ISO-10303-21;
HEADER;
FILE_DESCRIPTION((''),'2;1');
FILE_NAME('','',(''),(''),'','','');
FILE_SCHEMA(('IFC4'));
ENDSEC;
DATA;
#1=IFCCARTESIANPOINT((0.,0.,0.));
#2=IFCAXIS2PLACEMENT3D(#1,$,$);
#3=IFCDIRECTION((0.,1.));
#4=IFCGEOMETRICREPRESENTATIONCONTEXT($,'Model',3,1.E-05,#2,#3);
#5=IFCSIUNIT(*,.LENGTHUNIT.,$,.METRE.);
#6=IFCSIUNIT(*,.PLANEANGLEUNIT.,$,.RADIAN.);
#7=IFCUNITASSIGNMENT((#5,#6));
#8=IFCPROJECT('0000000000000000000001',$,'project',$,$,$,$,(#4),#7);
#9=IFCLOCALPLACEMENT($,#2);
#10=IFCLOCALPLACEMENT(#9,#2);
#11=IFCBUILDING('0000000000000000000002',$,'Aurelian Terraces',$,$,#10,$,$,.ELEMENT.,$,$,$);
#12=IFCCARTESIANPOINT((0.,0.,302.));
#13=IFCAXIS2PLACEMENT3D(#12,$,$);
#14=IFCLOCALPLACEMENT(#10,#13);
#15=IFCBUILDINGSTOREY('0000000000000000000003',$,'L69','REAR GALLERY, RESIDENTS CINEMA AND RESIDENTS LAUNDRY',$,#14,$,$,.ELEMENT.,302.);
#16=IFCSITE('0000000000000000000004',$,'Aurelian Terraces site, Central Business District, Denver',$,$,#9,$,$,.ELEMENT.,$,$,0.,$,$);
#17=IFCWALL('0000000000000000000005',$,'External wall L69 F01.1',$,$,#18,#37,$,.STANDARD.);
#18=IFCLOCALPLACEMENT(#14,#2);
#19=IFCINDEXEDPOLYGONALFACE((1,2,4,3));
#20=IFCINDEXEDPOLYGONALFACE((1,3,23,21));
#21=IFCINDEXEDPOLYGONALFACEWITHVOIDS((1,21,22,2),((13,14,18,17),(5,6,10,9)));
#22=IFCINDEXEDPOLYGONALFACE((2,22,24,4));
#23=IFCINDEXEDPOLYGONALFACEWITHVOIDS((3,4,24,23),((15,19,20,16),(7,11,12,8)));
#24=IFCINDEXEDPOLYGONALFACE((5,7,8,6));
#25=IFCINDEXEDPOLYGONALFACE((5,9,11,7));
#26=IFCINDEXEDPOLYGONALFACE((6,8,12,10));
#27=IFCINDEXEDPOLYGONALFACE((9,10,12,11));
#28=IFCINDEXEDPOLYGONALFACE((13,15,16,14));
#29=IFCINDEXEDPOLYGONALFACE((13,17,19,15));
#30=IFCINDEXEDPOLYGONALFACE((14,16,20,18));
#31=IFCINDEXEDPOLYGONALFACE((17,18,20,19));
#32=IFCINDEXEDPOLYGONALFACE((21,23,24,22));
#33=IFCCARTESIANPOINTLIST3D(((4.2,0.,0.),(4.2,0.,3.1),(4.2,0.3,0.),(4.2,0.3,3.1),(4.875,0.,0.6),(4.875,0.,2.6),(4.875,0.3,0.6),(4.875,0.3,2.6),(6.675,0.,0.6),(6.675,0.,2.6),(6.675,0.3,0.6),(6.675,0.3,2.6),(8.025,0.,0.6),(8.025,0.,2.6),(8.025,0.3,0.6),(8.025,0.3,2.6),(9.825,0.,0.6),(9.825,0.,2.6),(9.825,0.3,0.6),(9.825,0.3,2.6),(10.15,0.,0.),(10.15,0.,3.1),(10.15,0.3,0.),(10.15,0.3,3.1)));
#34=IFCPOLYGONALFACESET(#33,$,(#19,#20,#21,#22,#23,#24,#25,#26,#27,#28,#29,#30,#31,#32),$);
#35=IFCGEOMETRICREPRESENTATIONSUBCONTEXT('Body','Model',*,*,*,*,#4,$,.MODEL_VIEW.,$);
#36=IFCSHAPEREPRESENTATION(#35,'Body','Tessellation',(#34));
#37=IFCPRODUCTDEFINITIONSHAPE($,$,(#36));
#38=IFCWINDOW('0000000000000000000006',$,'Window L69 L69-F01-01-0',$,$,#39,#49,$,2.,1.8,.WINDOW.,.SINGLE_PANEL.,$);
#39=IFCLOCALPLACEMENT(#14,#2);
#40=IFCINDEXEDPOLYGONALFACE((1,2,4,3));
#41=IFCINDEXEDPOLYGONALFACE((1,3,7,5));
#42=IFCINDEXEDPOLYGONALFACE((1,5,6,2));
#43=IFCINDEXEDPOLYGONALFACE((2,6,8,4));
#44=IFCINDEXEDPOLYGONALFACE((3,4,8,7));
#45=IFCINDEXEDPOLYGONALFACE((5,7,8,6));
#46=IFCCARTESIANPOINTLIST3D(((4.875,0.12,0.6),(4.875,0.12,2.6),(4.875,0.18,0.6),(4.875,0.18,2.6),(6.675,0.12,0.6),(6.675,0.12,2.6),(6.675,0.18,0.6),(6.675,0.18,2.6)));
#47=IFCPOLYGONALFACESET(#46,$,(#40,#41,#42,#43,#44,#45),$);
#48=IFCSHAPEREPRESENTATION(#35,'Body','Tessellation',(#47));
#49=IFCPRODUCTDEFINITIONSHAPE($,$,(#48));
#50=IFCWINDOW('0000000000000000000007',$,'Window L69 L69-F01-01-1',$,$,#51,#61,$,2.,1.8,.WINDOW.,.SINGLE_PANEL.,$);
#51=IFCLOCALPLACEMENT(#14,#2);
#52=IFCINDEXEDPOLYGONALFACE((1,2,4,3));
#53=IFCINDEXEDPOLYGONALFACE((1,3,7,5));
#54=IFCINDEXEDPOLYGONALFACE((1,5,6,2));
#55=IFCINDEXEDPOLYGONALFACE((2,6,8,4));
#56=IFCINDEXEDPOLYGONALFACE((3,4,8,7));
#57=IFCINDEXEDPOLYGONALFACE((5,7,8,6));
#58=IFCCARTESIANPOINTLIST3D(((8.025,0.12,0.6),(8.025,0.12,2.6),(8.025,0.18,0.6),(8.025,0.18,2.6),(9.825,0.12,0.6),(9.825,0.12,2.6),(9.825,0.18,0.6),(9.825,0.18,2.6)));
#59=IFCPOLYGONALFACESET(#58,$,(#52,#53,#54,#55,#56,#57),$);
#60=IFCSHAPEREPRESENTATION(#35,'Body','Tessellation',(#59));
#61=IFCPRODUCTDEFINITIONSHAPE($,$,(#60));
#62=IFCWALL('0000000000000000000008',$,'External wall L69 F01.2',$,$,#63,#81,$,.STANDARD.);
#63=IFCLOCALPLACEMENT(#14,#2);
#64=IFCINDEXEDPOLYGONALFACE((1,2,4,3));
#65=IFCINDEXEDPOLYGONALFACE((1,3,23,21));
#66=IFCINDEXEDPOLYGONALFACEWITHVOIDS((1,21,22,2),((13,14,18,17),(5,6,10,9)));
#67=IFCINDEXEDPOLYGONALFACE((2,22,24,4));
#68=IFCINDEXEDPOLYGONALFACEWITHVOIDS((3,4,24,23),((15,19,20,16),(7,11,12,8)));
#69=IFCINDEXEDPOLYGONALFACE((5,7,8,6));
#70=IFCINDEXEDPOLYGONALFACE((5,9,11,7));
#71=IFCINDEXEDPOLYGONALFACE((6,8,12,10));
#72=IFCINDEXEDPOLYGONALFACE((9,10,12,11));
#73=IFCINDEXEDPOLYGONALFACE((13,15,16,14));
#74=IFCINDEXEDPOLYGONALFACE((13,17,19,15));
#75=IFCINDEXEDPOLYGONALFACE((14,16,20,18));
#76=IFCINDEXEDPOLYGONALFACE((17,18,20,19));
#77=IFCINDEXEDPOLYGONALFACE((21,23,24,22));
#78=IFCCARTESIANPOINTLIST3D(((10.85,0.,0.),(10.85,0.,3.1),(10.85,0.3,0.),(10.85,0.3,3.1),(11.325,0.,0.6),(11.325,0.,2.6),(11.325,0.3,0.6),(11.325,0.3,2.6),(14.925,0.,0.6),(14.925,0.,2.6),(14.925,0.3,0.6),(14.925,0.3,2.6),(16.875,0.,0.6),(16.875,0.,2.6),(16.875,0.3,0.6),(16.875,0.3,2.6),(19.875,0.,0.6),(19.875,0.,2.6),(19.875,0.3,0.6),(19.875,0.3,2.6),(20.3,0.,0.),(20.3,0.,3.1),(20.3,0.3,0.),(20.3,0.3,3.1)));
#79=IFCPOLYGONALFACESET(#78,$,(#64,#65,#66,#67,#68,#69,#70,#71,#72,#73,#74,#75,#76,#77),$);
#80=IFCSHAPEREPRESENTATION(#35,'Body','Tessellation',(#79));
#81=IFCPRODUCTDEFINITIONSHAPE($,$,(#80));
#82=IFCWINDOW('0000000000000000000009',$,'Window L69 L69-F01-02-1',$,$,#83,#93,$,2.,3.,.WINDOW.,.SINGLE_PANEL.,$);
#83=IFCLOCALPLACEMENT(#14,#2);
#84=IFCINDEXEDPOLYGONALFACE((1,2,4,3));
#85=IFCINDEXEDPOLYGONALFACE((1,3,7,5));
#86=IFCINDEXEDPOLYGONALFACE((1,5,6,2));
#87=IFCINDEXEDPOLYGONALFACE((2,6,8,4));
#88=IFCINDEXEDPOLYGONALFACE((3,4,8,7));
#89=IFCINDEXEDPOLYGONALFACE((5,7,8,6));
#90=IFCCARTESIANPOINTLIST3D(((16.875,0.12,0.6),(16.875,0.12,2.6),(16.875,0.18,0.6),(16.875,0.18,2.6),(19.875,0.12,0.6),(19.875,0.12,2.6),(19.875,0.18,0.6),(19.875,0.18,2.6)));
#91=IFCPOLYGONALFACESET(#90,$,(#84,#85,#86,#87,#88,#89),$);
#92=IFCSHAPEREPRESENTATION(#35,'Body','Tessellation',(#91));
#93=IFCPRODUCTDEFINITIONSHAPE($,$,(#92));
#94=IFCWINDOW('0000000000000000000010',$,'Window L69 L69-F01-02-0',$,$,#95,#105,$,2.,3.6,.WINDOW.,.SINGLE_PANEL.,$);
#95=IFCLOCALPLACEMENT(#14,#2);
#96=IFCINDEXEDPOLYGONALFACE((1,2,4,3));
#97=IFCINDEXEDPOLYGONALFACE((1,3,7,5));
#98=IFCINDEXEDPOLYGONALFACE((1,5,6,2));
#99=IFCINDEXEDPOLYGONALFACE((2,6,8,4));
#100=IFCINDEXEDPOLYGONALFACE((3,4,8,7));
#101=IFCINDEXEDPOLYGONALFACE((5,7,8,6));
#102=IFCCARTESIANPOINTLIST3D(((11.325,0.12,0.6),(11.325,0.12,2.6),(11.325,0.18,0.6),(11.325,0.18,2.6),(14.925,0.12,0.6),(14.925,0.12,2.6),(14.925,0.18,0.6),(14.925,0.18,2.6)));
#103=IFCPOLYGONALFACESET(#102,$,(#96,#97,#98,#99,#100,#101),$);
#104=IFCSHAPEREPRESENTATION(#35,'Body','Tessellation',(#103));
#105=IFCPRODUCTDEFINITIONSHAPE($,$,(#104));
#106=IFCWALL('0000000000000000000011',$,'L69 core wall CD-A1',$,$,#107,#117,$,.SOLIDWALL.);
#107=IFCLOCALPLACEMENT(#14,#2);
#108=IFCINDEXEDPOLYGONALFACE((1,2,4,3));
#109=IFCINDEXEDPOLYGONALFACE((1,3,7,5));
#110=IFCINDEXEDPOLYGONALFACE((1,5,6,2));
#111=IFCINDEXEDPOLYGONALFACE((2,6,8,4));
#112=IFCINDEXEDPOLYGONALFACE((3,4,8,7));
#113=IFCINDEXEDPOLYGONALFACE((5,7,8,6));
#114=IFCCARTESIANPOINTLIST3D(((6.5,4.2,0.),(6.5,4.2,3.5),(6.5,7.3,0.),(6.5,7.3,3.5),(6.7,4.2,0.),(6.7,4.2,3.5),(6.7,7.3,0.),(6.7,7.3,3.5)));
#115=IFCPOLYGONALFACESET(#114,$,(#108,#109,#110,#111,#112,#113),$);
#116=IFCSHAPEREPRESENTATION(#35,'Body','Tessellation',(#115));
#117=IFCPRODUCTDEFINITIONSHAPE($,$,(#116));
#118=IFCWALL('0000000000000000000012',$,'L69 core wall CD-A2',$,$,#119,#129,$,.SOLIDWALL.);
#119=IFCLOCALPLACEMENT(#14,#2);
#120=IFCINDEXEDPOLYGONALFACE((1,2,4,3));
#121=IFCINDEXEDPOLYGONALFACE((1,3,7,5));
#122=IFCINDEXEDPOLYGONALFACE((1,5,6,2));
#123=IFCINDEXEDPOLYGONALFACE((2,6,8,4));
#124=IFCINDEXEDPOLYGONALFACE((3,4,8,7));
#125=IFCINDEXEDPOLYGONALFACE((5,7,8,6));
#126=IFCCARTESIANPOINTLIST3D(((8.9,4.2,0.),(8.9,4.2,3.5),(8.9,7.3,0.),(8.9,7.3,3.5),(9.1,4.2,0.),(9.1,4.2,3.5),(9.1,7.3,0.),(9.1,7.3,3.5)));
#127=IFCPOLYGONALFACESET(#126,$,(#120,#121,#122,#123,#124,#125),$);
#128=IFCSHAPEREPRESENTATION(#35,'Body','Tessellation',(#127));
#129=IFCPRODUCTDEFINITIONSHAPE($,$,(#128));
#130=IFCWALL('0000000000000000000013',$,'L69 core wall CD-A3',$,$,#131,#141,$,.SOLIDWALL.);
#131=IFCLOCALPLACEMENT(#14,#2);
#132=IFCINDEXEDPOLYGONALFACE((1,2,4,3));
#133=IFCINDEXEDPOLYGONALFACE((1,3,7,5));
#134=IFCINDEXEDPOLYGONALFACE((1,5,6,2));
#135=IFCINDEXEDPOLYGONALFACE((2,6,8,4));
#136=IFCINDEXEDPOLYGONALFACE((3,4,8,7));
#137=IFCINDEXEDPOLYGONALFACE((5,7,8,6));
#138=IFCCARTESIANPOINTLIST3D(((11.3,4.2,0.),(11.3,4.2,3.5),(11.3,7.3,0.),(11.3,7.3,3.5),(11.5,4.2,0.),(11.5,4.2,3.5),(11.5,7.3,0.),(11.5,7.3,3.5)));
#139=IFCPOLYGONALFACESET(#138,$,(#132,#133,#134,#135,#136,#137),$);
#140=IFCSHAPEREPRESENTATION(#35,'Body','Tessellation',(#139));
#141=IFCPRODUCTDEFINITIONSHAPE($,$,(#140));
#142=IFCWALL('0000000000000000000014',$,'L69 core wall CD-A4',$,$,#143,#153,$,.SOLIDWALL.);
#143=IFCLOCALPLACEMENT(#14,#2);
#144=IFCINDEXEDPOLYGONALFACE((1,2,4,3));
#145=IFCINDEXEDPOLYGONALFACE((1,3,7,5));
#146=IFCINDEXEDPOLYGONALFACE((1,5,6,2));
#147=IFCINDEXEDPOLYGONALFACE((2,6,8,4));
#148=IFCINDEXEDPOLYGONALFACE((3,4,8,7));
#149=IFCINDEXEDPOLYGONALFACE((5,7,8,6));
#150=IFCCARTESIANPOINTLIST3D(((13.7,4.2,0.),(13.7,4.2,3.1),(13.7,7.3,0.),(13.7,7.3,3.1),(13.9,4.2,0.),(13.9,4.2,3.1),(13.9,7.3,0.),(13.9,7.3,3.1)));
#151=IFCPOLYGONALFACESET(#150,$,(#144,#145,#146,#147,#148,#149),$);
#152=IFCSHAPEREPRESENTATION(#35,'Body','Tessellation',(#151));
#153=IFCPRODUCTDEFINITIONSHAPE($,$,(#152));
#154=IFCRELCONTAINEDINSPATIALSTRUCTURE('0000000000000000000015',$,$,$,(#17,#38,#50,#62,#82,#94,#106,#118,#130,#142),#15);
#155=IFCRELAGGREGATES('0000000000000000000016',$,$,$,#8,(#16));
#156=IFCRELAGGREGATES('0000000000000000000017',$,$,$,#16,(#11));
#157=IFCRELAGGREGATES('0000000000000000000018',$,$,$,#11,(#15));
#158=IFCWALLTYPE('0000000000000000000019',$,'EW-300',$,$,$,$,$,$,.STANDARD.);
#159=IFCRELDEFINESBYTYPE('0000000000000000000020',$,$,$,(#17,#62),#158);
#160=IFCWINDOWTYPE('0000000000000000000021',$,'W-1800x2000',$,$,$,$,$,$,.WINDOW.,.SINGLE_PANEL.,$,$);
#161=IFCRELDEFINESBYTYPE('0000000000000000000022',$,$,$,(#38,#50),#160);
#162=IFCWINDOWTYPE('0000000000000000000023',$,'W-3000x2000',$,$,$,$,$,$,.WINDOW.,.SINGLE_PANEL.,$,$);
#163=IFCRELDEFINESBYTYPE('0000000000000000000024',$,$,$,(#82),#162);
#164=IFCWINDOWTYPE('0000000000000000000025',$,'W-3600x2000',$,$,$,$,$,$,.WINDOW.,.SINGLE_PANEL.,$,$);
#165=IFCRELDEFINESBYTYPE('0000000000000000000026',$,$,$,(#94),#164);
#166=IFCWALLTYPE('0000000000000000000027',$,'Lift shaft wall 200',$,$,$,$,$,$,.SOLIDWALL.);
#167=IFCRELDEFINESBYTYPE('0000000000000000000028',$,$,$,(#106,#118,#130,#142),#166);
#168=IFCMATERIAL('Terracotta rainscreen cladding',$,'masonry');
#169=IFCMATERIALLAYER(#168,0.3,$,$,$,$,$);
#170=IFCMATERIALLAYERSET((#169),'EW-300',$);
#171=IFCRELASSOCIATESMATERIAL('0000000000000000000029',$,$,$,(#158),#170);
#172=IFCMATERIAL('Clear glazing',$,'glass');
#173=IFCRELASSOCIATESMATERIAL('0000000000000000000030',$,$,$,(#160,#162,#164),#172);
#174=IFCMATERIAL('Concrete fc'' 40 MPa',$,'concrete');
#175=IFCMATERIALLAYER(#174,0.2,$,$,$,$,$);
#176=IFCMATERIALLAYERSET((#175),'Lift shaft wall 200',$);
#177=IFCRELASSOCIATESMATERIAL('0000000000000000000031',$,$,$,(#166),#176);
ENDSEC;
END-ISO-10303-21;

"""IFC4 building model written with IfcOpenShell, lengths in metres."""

from ifc_helpers import new_model, si_unit, direction, frame, frame_2d, origin, place, context, subcontext, project, spatial, rectangle, extrude, source, transform, mapped, material, layer, layer_set, type_object, element, fill, save


model = new_model("IFC4")

# Units and contexts
model_context = context("Model", 3, precision=1e-05, world=origin(), true_north=direction((0.0, 1.0)))
body_context = subcontext(model_context, "Body", "Model", "MODEL_VIEW")
ifc_project = project(units=[si_unit("LENGTHUNIT", "METRE"), si_unit("PLANEANGLEUNIT", "RADIAN")], contexts=[model_context])

# Site, building, storey
site_placement = place(None, origin())
site = spatial("IfcSite", under=ifc_project, at=site_placement, Name="Aurelian Terraces site, Central Business District, Denver", CompositionType="ELEMENT", RefElevation=0.0)
building_placement = place(site_placement, origin())
building = spatial("IfcBuilding", under=site, at=building_placement, Name="Aurelian Terraces", CompositionType="ELEMENT")
storey_placement = place(building_placement, frame((0.0, 0.0, 302.0)))
storey = spatial("IfcBuildingStorey", under=building, at=storey_placement, Name="L69", Description="REAR GALLERY, RESIDENTS CINEMA AND RESIDENTS LAUNDRY", CompositionType="ELEMENT", Elevation=302.0)

# Shared definitions
ifc_material_1 = material(Name="Concrete fc' 40 MPa", Category="concrete")

# Shared definitions
ifc_material_2 = material(Name="Terracotta rainscreen cladding", Category="masonry")
ifc_layer_1 = layer(ifc_material_2, 0.3)
ifc_layer_set_1 = layer_set([ifc_layer_1], Name="EW-300")
wall_type_1 = type_object("IfcWallType", Name="EW-300", PredefinedType="STANDARD", material=ifc_layer_set_1)
ifc_material_3 = material(Name="Clear glazing", Category="glass")

# Walls, openings, windows
shared_shape_1 = source(origin(), body_context, "Body", "SweptSolid", [
    extrude(rectangle(XDim=5.95, YDim=0.3, at=frame_2d((2.975, 0.0))), origin(), (0.0, 0.0, 1.0), 3.1),
])
wall_1_placement = place(storey_placement, frame((4.2, 0.15, 0.0), z_axis=(0.0, 0.0, 1.0), x_axis=(1.0, 0.0, 0.0)))
wall_1 = element("IfcWall", 1, at=wall_1_placement, inside=storey, type_object=wall_type_1, Name="External wall L69 F01.1", PredefinedType="STANDARD", context=body_context, shape_type="MappedRepresentation", body=[
    mapped(shared_shape_1, transform((0.0, 0.0, 0.0), scale=1.0)),
])
shared_shape_2 = source(origin(), body_context, "Body", "SweptSolid", [
    extrude(rectangle(XDim=1.8, YDim=2.0, at=frame_2d((0.9, 1.0))), frame((0.0, 0.16, 0.0), z_axis=(0.0, -1.0, 0.0), x_axis=(1.0, 0.0, 0.0)), (0.0, 0.0, 1.0), 0.32),
])
opening_1_placement = place(wall_1_placement, frame((0.675, 0.0, 0.6)))
opening_1 = element("IfcOpeningElement", 2, at=opening_1_placement, cuts=wall_1, PredefinedType="OPENING", context=body_context, shape_type="MappedRepresentation", body=[
    mapped(shared_shape_2, transform((0.0, 0.0, 0.0), scale=1.0)),
])
opening_2_placement = place(wall_1_placement, frame((3.825, 0.0, 0.6)))
opening_2 = element("IfcOpeningElement", 3, at=opening_2_placement, cuts=wall_1, PredefinedType="OPENING", context=body_context, shape_type="MappedRepresentation", body=[
    mapped(shared_shape_2, transform((0.0, 0.0, 0.0), scale=1.0)),
])
window_type_1 = type_object("IfcWindowType", Name="W-1800x2000", PartitioningType="SINGLE_PANEL", PredefinedType="WINDOW", material=ifc_material_3)
shared_shape_3 = source(origin(), body_context, "Body", "SweptSolid", [
    extrude(rectangle(XDim=1.8, YDim=2.0, at=frame_2d((0.9, 1.0))), frame((0.0, 0.03, 0.0), z_axis=(0.0, -1.0, 0.0), x_axis=(1.0, 0.0, 0.0)), (0.0, 0.0, 1.0), 0.06),
])
window_1_placement = place(opening_1_placement, origin())
window_1 = element("IfcWindow", 4, at=window_1_placement, inside=storey, type_object=window_type_1, Name="Window L69 L69-F01-01-0", OverallHeight=2.0, OverallWidth=1.8, PartitioningType="SINGLE_PANEL", PredefinedType="WINDOW", context=body_context, shape_type="MappedRepresentation", body=[
    mapped(shared_shape_3, transform((0.0, 0.0, 0.0), scale=1.0)),
])
fill(opening_1, window_1)
window_2_placement = place(opening_2_placement, origin())
window_2 = element("IfcWindow", 5, at=window_2_placement, inside=storey, type_object=window_type_1, Name="Window L69 L69-F01-01-1", OverallHeight=2.0, OverallWidth=1.8, PartitioningType="SINGLE_PANEL", PredefinedType="WINDOW", context=body_context, shape_type="MappedRepresentation", body=[
    mapped(shared_shape_3, transform((0.0, 0.0, 0.0), scale=1.0)),
])
fill(opening_2, window_2)
shared_shape_4 = source(origin(), body_context, "Body", "SweptSolid", [
    extrude(rectangle(XDim=9.45, YDim=0.3, at=frame_2d((4.725, 0.0))), origin(), (0.0, 0.0, 1.0), 3.1),
])
wall_2_placement = place(storey_placement, frame((10.85, 0.15, 0.0), z_axis=(0.0, 0.0, 1.0), x_axis=(1.0, 0.0, 0.0)))
wall_2 = element("IfcWall", 6, at=wall_2_placement, inside=storey, type_object=wall_type_1, Name="External wall L69 F01.2", PredefinedType="STANDARD", context=body_context, shape_type="MappedRepresentation", body=[
    mapped(shared_shape_4, transform((0.0, 0.0, 0.0), scale=1.0)),
])
shared_shape_5 = source(origin(), body_context, "Body", "SweptSolid", [
    extrude(rectangle(XDim=3.6, YDim=2.0, at=frame_2d((1.8, 1.0))), frame((0.0, 0.16, 0.0), z_axis=(0.0, -1.0, 0.0), x_axis=(1.0, 0.0, 0.0)), (0.0, 0.0, 1.0), 0.32),
])
opening_3_placement = place(wall_2_placement, frame((0.475, 0.0, 0.6)))
opening_3 = element("IfcOpeningElement", 7, at=opening_3_placement, cuts=wall_2, PredefinedType="OPENING", context=body_context, shape_type="MappedRepresentation", body=[
    mapped(shared_shape_5, transform((0.0, 0.0, 0.0), scale=1.0)),
])
shared_shape_6 = source(origin(), body_context, "Body", "SweptSolid", [
    extrude(rectangle(XDim=3.0, YDim=2.0, at=frame_2d((1.5, 1.0))), frame((0.0, 0.16, 0.0), z_axis=(0.0, -1.0, 0.0), x_axis=(1.0, 0.0, 0.0)), (0.0, 0.0, 1.0), 0.32),
])
opening_4_placement = place(wall_2_placement, frame((6.025, 0.0, 0.6)))
opening_4 = element("IfcOpeningElement", 8, at=opening_4_placement, cuts=wall_2, PredefinedType="OPENING", context=body_context, shape_type="MappedRepresentation", body=[
    mapped(shared_shape_6, transform((0.0, 0.0, 0.0), scale=1.0)),
])
window_type_2 = type_object("IfcWindowType", Name="W-3000x2000", PartitioningType="SINGLE_PANEL", PredefinedType="WINDOW", material=ifc_material_3)
shared_shape_7 = source(origin(), body_context, "Body", "SweptSolid", [
    extrude(rectangle(XDim=3.0, YDim=2.0, at=frame_2d((1.5, 1.0))), frame((0.0, 0.03, 0.0), z_axis=(0.0, -1.0, 0.0), x_axis=(1.0, 0.0, 0.0)), (0.0, 0.0, 1.0), 0.06),
])
window_3_placement = place(opening_4_placement, origin())
window_3 = element("IfcWindow", 9, at=window_3_placement, inside=storey, type_object=window_type_2, Name="Window L69 L69-F01-02-1", OverallHeight=2.0, OverallWidth=3.0, PartitioningType="SINGLE_PANEL", PredefinedType="WINDOW", context=body_context, shape_type="MappedRepresentation", body=[
    mapped(shared_shape_7, transform((0.0, 0.0, 0.0), scale=1.0)),
])
fill(opening_4, window_3)
window_type_3 = type_object("IfcWindowType", Name="W-3600x2000", PartitioningType="SINGLE_PANEL", PredefinedType="WINDOW", material=ifc_material_3)
shared_shape_8 = source(origin(), body_context, "Body", "SweptSolid", [
    extrude(rectangle(XDim=3.6, YDim=2.0, at=frame_2d((1.8, 1.0))), frame((0.0, 0.03, 0.0), z_axis=(0.0, -1.0, 0.0), x_axis=(1.0, 0.0, 0.0)), (0.0, 0.0, 1.0), 0.06),
])
window_4_placement = place(opening_3_placement, origin())
window_4 = element("IfcWindow", 10, at=window_4_placement, inside=storey, type_object=window_type_3, Name="Window L69 L69-F01-02-0", OverallHeight=2.0, OverallWidth=3.6, PartitioningType="SINGLE_PANEL", PredefinedType="WINDOW", context=body_context, shape_type="MappedRepresentation", body=[
    mapped(shared_shape_8, transform((0.0, 0.0, 0.0), scale=1.0)),
])
fill(opening_3, window_4)

# Walls
ifc_layer_2 = layer(ifc_material_1, 0.2)
ifc_layer_set_2 = layer_set([ifc_layer_2], Name="Lift shaft wall 200")
wall_type_2 = type_object("IfcWallType", Name="Lift shaft wall 200", PredefinedType="SOLIDWALL", material=ifc_layer_set_2)
shared_shape_9 = source(origin(), body_context, "Body", "SweptSolid", [
    extrude(rectangle(XDim=3.1, YDim=0.2, at=frame_2d((1.55, 0.0))), origin(), (0.0, 0.0, 1.0), 3.5),
])
for number, where, z_axis, x_axis, name in (
    (11, (6.6, 4.2, 0.0), (0.0, 0.0, 1.0), (0.0, 1.0, 0.0), "L69 core wall CD-A1"),
    (12, (9.0, 4.2, 0.0), (0.0, 0.0, 1.0), (0.0, 1.0, 0.0), "L69 core wall CD-A2"),
    (13, (11.4, 4.2, 0.0), (0.0, 0.0, 1.0), (0.0, 1.0, 0.0), "L69 core wall CD-A3"),
):
    element("IfcWall", number, at=place(storey_placement, frame(where, z_axis=z_axis, x_axis=x_axis)), inside=storey, type_object=wall_type_2, Name=name, PredefinedType="SOLIDWALL", context=body_context, shape_type="MappedRepresentation", body=[
        mapped(shared_shape_9, transform((0.0, 0.0, 0.0), scale=1.0)),
    ])
shared_shape_10 = source(origin(), body_context, "Body", "SweptSolid", [
    extrude(rectangle(XDim=3.1, YDim=0.2, at=frame_2d((1.55, 0.0))), origin(), (0.0, 0.0, 1.0), 3.1),
])
wall_3_placement = place(storey_placement, frame((13.8, 4.2, 0.0), z_axis=(0.0, 0.0, 1.0), x_axis=(0.0, 1.0, 0.0)))
element("IfcWall", 14, at=wall_3_placement, inside=storey, type_object=wall_type_2, Name="L69 core wall CD-A4", PredefinedType="SOLIDWALL", context=body_context, shape_type="MappedRepresentation", body=[
    mapped(shared_shape_10, transform((0.0, 0.0, 0.0), scale=1.0)),
])

save(model, "model.ifc")
